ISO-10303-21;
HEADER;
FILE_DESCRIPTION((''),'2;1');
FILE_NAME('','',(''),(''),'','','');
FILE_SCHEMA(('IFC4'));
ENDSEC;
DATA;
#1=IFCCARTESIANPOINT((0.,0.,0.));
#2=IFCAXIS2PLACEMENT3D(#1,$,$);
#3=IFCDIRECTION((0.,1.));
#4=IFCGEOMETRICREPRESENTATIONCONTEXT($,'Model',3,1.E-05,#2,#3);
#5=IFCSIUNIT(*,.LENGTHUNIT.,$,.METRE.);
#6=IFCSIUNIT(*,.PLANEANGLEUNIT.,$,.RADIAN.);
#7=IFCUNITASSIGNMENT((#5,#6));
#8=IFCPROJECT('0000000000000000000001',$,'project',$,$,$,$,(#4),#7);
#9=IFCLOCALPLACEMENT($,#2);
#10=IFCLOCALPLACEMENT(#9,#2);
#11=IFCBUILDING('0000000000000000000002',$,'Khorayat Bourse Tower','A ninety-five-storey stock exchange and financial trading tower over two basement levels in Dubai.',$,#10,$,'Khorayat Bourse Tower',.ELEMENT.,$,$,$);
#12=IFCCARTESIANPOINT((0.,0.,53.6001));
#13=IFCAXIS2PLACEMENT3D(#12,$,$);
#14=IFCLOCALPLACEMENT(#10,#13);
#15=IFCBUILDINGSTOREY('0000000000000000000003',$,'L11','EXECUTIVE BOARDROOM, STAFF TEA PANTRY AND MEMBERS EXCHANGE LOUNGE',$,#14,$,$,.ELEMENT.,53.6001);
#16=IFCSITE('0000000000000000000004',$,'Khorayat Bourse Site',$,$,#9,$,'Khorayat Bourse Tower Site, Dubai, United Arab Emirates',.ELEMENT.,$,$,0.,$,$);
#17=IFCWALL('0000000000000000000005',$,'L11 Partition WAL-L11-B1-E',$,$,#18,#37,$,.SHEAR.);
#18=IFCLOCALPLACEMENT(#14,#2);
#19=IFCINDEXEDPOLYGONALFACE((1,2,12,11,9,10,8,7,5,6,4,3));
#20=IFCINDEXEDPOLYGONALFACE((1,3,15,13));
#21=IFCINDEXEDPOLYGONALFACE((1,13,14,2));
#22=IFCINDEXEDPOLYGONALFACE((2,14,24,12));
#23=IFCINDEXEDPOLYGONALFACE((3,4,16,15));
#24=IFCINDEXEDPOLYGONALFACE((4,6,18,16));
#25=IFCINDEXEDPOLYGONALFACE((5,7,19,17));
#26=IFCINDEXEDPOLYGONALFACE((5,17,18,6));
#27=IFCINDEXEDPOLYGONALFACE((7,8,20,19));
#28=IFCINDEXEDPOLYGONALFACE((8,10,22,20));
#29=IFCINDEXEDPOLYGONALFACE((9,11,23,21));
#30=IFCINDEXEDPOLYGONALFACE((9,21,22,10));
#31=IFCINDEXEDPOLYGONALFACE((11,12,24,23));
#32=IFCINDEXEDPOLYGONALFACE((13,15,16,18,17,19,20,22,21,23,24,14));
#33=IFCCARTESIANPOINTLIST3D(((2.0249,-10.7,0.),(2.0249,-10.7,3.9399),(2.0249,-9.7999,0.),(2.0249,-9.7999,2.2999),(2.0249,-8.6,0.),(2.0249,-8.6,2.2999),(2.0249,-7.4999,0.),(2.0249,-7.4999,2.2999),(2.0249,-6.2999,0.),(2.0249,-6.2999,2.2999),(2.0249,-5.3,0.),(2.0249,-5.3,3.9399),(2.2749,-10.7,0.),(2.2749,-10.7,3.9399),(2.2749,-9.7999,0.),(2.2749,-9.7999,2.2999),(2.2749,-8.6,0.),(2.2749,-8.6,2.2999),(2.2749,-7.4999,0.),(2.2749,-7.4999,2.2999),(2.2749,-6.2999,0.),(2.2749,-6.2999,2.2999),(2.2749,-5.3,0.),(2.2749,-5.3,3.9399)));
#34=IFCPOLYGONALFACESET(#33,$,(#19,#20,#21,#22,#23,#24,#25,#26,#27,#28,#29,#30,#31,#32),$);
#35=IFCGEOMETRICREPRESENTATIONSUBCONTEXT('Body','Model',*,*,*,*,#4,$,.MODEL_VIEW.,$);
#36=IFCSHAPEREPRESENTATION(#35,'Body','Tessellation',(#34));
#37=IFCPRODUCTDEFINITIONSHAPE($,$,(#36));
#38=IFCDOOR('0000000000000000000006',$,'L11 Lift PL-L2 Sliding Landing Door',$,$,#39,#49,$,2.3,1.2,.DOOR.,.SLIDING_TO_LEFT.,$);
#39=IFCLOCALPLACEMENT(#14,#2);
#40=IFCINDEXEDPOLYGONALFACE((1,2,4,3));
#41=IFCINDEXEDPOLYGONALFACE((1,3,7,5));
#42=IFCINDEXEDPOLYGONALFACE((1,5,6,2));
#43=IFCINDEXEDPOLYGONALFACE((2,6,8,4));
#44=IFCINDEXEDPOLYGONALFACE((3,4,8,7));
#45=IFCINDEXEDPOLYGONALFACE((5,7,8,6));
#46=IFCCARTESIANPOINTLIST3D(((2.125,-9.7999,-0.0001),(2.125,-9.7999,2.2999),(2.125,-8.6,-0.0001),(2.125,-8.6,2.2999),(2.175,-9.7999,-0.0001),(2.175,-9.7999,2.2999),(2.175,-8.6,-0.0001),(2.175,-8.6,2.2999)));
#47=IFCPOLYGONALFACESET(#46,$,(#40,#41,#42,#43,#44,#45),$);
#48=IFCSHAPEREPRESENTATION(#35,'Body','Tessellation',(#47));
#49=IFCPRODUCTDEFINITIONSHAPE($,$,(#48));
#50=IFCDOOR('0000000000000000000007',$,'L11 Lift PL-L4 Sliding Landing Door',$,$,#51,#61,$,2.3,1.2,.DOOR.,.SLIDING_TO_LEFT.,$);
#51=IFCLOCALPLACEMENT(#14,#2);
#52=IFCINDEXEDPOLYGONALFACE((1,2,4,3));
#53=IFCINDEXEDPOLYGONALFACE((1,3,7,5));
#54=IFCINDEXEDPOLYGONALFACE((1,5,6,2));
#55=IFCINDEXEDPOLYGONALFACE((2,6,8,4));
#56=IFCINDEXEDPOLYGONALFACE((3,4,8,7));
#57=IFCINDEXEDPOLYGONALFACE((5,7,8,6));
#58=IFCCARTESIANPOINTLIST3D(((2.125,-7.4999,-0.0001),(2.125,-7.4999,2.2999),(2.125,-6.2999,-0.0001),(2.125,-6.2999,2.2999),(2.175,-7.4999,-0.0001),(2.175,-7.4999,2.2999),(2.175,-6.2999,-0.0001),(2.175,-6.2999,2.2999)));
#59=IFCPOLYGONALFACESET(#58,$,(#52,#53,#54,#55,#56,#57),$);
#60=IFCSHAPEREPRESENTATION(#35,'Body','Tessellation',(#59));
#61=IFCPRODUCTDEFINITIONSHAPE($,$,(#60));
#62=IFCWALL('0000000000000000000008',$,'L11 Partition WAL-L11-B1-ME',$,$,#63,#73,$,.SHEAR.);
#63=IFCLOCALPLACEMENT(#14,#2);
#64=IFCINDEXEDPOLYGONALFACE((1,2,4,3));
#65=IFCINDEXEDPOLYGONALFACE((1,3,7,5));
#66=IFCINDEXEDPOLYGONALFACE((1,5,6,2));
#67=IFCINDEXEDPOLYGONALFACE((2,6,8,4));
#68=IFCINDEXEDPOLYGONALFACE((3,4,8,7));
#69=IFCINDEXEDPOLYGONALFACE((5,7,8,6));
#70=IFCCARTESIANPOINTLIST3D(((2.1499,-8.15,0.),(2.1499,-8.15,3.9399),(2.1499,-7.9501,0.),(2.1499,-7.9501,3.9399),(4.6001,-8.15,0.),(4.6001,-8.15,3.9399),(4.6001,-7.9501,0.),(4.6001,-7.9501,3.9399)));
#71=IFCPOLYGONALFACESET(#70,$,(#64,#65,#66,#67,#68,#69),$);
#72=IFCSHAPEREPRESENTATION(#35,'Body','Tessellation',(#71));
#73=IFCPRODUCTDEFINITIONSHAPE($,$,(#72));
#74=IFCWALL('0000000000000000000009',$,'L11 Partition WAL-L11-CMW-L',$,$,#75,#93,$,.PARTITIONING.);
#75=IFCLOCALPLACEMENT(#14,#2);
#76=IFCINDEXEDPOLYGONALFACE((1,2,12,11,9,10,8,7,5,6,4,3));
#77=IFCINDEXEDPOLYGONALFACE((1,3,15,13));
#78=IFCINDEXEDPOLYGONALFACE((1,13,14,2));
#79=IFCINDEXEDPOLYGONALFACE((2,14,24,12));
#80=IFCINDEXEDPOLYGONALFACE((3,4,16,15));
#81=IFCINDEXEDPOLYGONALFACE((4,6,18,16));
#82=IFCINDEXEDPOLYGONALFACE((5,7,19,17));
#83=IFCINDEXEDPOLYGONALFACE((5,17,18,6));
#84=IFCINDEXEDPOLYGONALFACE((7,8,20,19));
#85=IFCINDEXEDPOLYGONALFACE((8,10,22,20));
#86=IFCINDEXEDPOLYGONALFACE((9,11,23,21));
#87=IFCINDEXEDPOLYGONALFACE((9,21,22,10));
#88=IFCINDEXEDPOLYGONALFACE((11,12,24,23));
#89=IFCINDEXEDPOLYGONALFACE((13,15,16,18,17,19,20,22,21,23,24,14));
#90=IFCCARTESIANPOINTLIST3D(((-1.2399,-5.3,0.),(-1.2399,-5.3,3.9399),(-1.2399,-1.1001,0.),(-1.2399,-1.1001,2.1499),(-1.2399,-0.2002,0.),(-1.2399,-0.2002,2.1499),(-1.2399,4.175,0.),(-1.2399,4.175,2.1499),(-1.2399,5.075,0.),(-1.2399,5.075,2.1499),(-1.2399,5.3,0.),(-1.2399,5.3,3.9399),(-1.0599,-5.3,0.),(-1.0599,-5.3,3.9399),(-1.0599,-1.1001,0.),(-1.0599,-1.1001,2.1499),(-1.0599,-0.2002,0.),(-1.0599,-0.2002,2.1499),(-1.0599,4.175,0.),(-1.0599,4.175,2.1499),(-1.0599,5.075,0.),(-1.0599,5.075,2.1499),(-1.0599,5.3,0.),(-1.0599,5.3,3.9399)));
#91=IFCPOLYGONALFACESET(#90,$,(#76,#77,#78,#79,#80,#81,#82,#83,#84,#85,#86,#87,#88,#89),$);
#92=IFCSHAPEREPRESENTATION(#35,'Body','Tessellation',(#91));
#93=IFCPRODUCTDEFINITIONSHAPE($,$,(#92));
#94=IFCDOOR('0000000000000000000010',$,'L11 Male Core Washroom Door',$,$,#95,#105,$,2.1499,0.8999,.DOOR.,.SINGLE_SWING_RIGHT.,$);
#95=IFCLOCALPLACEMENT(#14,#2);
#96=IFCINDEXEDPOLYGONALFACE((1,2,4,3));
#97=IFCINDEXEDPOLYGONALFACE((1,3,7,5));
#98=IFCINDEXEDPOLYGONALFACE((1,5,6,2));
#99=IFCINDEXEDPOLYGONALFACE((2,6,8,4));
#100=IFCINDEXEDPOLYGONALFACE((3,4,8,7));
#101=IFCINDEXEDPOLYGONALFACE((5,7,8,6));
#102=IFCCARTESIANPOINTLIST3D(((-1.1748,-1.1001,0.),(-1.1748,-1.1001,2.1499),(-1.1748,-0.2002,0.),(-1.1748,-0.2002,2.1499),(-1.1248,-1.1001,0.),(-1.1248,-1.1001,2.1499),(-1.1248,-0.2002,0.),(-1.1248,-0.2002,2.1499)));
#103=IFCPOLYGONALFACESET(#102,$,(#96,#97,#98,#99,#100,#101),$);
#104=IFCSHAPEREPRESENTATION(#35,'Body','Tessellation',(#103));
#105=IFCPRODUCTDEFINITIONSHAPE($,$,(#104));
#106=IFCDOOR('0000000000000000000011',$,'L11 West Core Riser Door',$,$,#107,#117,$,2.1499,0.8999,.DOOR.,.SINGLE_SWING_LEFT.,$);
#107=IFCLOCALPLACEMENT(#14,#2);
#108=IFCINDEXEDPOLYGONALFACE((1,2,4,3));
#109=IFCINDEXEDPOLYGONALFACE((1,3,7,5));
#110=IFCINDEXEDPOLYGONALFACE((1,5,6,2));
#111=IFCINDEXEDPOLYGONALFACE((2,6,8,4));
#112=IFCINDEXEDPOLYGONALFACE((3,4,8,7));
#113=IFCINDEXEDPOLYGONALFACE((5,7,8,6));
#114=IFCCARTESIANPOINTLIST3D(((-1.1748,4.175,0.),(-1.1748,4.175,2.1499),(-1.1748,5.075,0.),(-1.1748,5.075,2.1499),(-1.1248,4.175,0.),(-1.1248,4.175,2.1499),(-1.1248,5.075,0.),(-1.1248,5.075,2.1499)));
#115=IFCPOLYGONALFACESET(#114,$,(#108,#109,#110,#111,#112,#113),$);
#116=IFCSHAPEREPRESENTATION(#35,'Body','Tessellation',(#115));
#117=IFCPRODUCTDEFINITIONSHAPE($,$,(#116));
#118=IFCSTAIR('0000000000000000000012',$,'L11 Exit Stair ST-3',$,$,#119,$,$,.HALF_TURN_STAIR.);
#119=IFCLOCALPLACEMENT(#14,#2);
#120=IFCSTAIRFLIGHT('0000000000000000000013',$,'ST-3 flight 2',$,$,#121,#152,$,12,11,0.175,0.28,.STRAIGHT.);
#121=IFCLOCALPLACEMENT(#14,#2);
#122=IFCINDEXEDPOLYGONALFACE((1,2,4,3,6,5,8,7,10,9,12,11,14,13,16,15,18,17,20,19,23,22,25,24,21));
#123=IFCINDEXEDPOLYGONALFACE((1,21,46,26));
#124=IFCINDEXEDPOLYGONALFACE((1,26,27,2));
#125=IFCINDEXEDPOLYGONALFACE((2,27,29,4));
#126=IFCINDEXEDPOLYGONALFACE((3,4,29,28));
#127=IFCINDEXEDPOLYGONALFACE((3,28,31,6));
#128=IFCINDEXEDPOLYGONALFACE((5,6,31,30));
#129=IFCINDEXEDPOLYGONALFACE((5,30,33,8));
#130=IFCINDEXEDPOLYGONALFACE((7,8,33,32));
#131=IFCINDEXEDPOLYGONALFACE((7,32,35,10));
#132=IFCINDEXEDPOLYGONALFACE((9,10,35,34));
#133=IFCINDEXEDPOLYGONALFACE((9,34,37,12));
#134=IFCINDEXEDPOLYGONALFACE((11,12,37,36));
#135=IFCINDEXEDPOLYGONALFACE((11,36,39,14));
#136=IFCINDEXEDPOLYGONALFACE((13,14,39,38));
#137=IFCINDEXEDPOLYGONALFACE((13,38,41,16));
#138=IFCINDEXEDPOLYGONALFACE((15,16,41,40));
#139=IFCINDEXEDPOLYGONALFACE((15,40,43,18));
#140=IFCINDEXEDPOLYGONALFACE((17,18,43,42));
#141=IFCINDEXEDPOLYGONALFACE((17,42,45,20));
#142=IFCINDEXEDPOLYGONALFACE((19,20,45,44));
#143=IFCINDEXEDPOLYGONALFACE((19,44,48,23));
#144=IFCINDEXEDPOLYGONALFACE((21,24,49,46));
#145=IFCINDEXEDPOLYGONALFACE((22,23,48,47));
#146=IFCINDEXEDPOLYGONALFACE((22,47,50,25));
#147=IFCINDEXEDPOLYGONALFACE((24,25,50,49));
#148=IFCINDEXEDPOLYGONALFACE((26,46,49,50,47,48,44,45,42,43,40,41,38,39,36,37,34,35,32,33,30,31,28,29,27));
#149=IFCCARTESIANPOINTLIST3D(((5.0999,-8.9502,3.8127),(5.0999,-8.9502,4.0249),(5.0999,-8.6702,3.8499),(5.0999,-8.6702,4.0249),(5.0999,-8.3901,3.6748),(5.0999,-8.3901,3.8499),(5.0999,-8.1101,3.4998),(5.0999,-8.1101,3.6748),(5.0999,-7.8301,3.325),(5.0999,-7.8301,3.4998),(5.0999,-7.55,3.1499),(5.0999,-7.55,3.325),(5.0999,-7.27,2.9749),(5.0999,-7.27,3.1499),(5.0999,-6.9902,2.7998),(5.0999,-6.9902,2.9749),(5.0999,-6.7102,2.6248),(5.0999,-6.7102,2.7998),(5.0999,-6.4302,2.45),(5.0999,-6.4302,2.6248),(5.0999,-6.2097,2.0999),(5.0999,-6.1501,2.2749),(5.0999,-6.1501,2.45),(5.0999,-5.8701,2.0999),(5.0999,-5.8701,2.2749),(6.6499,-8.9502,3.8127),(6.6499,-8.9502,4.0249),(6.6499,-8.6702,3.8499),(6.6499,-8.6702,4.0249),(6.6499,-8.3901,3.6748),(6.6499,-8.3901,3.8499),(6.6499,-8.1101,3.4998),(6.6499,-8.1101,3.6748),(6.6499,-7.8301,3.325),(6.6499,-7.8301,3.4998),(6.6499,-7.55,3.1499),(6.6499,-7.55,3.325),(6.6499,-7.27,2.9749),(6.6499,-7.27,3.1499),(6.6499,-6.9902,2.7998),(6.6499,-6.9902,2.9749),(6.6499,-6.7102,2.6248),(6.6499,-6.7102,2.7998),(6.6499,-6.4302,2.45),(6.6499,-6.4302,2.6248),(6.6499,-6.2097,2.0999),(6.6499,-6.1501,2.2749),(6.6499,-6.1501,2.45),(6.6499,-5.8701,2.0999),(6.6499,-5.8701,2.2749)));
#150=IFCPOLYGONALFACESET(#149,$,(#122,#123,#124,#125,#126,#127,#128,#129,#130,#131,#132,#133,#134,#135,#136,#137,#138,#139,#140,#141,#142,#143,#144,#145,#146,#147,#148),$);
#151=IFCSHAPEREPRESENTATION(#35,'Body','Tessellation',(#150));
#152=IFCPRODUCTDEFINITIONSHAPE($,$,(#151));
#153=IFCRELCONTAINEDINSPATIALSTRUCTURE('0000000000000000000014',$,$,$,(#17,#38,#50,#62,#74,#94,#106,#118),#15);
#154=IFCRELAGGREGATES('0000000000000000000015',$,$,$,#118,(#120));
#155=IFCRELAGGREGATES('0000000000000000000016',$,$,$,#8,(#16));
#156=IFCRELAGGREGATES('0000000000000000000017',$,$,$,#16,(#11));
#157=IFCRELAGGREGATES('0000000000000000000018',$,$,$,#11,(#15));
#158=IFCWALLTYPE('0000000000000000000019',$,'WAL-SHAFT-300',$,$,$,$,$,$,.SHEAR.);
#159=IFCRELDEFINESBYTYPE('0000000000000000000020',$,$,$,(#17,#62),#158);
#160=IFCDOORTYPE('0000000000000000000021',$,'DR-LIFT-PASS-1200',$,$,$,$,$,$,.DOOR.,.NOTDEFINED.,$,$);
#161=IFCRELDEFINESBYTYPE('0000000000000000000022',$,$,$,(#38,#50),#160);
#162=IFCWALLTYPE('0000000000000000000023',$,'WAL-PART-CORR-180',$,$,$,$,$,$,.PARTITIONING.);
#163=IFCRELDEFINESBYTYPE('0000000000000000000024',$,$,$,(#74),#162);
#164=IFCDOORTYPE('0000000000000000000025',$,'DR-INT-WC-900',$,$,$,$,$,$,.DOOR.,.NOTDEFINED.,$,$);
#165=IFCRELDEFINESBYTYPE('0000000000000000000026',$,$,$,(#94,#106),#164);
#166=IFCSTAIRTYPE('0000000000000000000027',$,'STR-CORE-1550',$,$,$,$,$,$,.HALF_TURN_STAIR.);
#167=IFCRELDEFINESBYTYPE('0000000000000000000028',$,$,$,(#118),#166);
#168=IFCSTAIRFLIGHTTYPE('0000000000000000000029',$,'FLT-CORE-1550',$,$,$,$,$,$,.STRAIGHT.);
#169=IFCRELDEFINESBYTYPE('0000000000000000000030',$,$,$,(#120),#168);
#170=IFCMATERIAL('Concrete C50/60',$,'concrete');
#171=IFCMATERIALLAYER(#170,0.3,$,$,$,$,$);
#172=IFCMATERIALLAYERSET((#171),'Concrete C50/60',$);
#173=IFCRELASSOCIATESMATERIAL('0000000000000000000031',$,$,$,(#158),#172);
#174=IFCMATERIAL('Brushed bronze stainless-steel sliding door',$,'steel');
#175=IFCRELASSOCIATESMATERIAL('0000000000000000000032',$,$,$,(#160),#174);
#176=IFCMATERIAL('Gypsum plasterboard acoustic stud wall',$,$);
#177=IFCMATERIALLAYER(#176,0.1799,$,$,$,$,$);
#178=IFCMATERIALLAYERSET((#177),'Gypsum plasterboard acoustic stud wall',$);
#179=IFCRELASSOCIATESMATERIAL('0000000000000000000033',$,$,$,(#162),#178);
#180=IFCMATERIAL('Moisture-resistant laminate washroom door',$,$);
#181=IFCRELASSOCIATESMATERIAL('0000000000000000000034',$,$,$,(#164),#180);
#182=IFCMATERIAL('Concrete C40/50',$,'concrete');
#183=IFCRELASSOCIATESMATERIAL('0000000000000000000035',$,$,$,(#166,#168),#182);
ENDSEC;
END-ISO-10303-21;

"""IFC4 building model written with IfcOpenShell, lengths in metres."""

from ifc_helpers import new_model, si_unit, direction, frame, frame_2d, origin, place, context, subcontext, project, spatial, polyline, rectangle, outline, extrude, source, transform, mapped, material, layer, layer_set, type_object, element, fill, aggregate, save


model = new_model("IFC4")

# Units and contexts
model_context = context("Model", 3, precision=1e-05, world=origin(), true_north=direction((0.0, 1.0)))
body_context = subcontext(model_context, "Body", "Model", "MODEL_VIEW")
ifc_project = project(units=[si_unit("LENGTHUNIT", "METRE"), si_unit("PLANEANGLEUNIT", "RADIAN")], contexts=[model_context])

# Site, building, storey
site_placement = place(None, origin())
site = spatial("IfcSite", under=ifc_project, at=site_placement, Name="Khorayat Bourse Site", LongName="Khorayat Bourse Tower Site, Dubai, United Arab Emirates", CompositionType="ELEMENT", RefElevation=0.0)
building_placement = place(site_placement, origin())
building = spatial("IfcBuilding", under=site, at=building_placement, Name="Khorayat Bourse Tower", Description="A ninety-five-storey stock exchange and financial trading tower over two basement levels in Dubai.", LongName="Khorayat Bourse Tower", CompositionType="ELEMENT")
storey_placement = place(building_placement, frame((0.0, 0.0, 53.6001)))
storey = spatial("IfcBuildingStorey", under=building, at=storey_placement, Name="L11", Description="EXECUTIVE BOARDROOM, STAFF TEA PANTRY AND MEMBERS EXCHANGE LOUNGE", CompositionType="ELEMENT", Elevation=53.6001)

# Wall, openings, doors
ifc_material_1 = material(Name="Concrete C50/60", Category="concrete")
ifc_layer_1 = layer(ifc_material_1, 0.3)
ifc_layer_set_1 = layer_set([ifc_layer_1], Name="Concrete C50/60")
wall_type_1 = type_object("IfcWallType", Name="WAL-SHAFT-300", PredefinedType="SHEAR", material=ifc_layer_set_1)
shared_shape_1 = source(origin(), body_context, "Body", "SweptSolid", [
    extrude(rectangle(XDim=5.3999, YDim=0.25, at=frame_2d((2.7, 0.0))), origin(), (0.0, 0.0, 1.0), 3.9399),
])
shared_shape_2 = source(origin(), body_context, "Body", "SweptSolid", [
    extrude(rectangle(XDim=1.2, YDim=2.3, at=frame_2d((0.6001, 1.1499))), frame((0.0, 0.135, 0.0), z_axis=(0.0, -1.0, 0.0), x_axis=(1.0, 0.0, 0.0)), (0.0, 0.0, 1.0), 0.27),
])
ifc_material_2 = material(Name="Brushed bronze stainless-steel sliding door", Category="steel")
door_type_1 = type_object("IfcDoorType", Name="DR-LIFT-PASS-1200", OperationType="NOTDEFINED", PredefinedType="DOOR", material=ifc_material_2)
shared_shape_3 = source(origin(), body_context, "Body", "SweptSolid", [
    extrude(rectangle(XDim=1.2, YDim=2.3, at=frame_2d((0.6001, 1.1499))), frame((0.0, 0.0249, 0.0), z_axis=(0.0, -1.0, 0.0), x_axis=(1.0, 0.0, 0.0)), (0.0, 0.0, 1.0), 0.05),
])
wall_1_placement = place(storey_placement, frame((2.1499, -10.7, 0.0), z_axis=(0.0, 0.0, 1.0), x_axis=(0.0, 1.0, 0.0)))
wall_1 = element("IfcWall", 1, at=wall_1_placement, inside=storey, type_object=wall_type_1, Name="L11 Partition WAL-L11-B1-E", PredefinedType="SHEAR", context=body_context, shape_type="MappedRepresentation", body=[
    mapped(shared_shape_1, transform((0.0, 0.0, 0.0), scale=1.0)),
])
opening_1_placement = place(wall_1_placement, frame((0.8999, 0.0, 0.0)))
opening_1 = element("IfcOpeningElement", 2, at=opening_1_placement, cuts=wall_1, PredefinedType="OPENING", context=body_context, shape_type="MappedRepresentation", body=[
    mapped(shared_shape_2, transform((0.0, 0.0, 0.0), scale=1.0)),
])
opening_2_placement = place(wall_1_placement, frame((3.2, 0.0, 0.0)))
opening_2 = element("IfcOpeningElement", 3, at=opening_2_placement, cuts=wall_1, PredefinedType="OPENING", context=body_context, shape_type="MappedRepresentation", body=[
    mapped(shared_shape_2, transform((0.0, 0.0, 0.0), scale=1.0)),
])
door_1_placement = place(opening_1_placement, origin())
door_1 = element("IfcDoor", 4, at=door_1_placement, inside=storey, type_object=door_type_1, Name="L11 Lift PL-L2 Sliding Landing Door", OperationType="SLIDING_TO_LEFT", OverallHeight=2.3, OverallWidth=1.2, PredefinedType="DOOR", context=body_context, shape_type="MappedRepresentation", body=[
    mapped(shared_shape_3, transform((0.0, 0.0, 0.0), scale=1.0)),
])
fill(opening_1, door_1)
door_2_placement = place(opening_2_placement, origin())
door_2 = element("IfcDoor", 5, at=door_2_placement, inside=storey, type_object=door_type_1, Name="L11 Lift PL-L4 Sliding Landing Door", OperationType="SLIDING_TO_LEFT", OverallHeight=2.3, OverallWidth=1.2, PredefinedType="DOOR", context=body_context, shape_type="MappedRepresentation", body=[
    mapped(shared_shape_3, transform((0.0, 0.0, 0.0), scale=1.0)),
])
fill(opening_2, door_2)

# Wall
shared_shape_4 = source(origin(), body_context, "Body", "SweptSolid", [
    extrude(rectangle(XDim=2.4502, YDim=0.2, at=frame_2d((1.2251, 0.0))), origin(), (0.0, 0.0, 1.0), 3.9399),
])
wall_2_placement = place(storey_placement, frame((2.1499, -8.05, 0.0), z_axis=(0.0, 0.0, 1.0), x_axis=(1.0, 0.0, 0.0)))
element("IfcWall", 6, at=wall_2_placement, inside=storey, type_object=wall_type_1, Name="L11 Partition WAL-L11-B1-ME", PredefinedType="SHEAR", context=body_context, shape_type="MappedRepresentation", body=[
    mapped(shared_shape_4, transform((0.0, 0.0, 0.0), scale=1.0)),
])

# Wall, openings, doors
ifc_material_3 = material(Name="Gypsum plasterboard acoustic stud wall")
ifc_layer_2 = layer(ifc_material_3, 0.1799)
ifc_layer_set_2 = layer_set([ifc_layer_2], Name="Gypsum plasterboard acoustic stud wall")
wall_type_2 = type_object("IfcWallType", Name="WAL-PART-CORR-180", PredefinedType="PARTITIONING", material=ifc_layer_set_2)
shared_shape_5 = source(origin(), body_context, "Body", "SweptSolid", [
    extrude(rectangle(XDim=10.6001, YDim=0.1799, at=frame_2d((5.3, 0.0))), origin(), (0.0, 0.0, 1.0), 3.9399),
])
wall_3_placement = place(storey_placement, frame((-1.1499, -5.3, 0.0), z_axis=(0.0, 0.0, 1.0), x_axis=(0.0, 1.0, 0.0)))
wall_3 = element("IfcWall", 7, at=wall_3_placement, inside=storey, type_object=wall_type_2, Name="L11 Partition WAL-L11-CMW-L", PredefinedType="PARTITIONING", context=body_context, shape_type="MappedRepresentation", body=[
    mapped(shared_shape_5, transform((0.0, 0.0, 0.0), scale=1.0)),
])
shared_shape_6 = source(origin(), body_context, "Body", "SweptSolid", [
    extrude(rectangle(XDim=0.8999, YDim=2.1499, at=frame_2d((0.45, 1.075))), frame((0.0, 0.0999, 0.0), z_axis=(0.0, -1.0, 0.0), x_axis=(1.0, 0.0, 0.0)), (0.0, 0.0, 1.0), 0.2),
])
opening_3_placement = place(wall_3_placement, frame((4.2, 0.0, 0.0)))
opening_3 = element("IfcOpeningElement", 8, at=opening_3_placement, cuts=wall_3, PredefinedType="OPENING", context=body_context, shape_type="MappedRepresentation", body=[
    mapped(shared_shape_6, transform((0.0, 0.0, 0.0), scale=1.0)),
])
opening_4_placement = place(wall_3_placement, frame((9.4751, 0.0, 0.0)))
opening_4 = element("IfcOpeningElement", 9, at=opening_4_placement, cuts=wall_3, PredefinedType="OPENING", context=body_context, shape_type="MappedRepresentation", body=[
    mapped(shared_shape_6, transform((0.0, 0.0, 0.0), scale=1.0)),
])
ifc_material_4 = material(Name="Moisture-resistant laminate washroom door")
door_type_2 = type_object("IfcDoorType", Name="DR-INT-WC-900", OperationType="NOTDEFINED", PredefinedType="DOOR", material=ifc_material_4)
shared_shape_7 = source(origin(), body_context, "Body", "SweptSolid", [
    extrude(rectangle(XDim=0.8999, YDim=2.1499, at=frame_2d((0.45, 1.075))), frame((0.0, 0.0249, 0.0), z_axis=(0.0, -1.0, 0.0), x_axis=(1.0, 0.0, 0.0)), (0.0, 0.0, 1.0), 0.05),
])
door_3_placement = place(opening_3_placement, origin())
door_3 = element("IfcDoor", 10, at=door_3_placement, inside=storey, type_object=door_type_2, Name="L11 Male Core Washroom Door", OperationType="SINGLE_SWING_RIGHT", OverallHeight=2.1499, OverallWidth=0.8999, PredefinedType="DOOR", context=body_context, shape_type="MappedRepresentation", body=[
    mapped(shared_shape_7, transform((0.0, 0.0, 0.0), scale=1.0)),
])
fill(opening_3, door_3)
door_4_placement = place(opening_4_placement, origin())
door_4 = element("IfcDoor", 11, at=door_4_placement, inside=storey, type_object=door_type_2, Name="L11 West Core Riser Door", OperationType="SINGLE_SWING_LEFT", OverallHeight=2.1499, OverallWidth=0.8999, PredefinedType="DOOR", context=body_context, shape_type="MappedRepresentation", body=[
    mapped(shared_shape_7, transform((0.0, 0.0, 0.0), scale=1.0)),
])
fill(opening_4, door_4)

# Stair, stair flight
ifc_material_5 = material(Name="Concrete C40/50", Category="concrete")
stair_type = type_object("IfcStairType", Name="STR-CORE-1550", PredefinedType="HALF_TURN_STAIR", material=ifc_material_5)
stair_placement = place(storey_placement, origin())
stair = element("IfcStair", 12, at=stair_placement, inside=storey, type_object=stair_type, Name="L11 Exit Stair ST-3", PredefinedType="HALF_TURN_STAIR")
stair_flight_type = type_object("IfcStairFlightType", Name="FLT-CORE-1550", PredefinedType="STRAIGHT", material=ifc_material_5)
shared_shape_8 = source(origin(), body_context, "Body", "SweptSolid", [
    extrude(outline(polyline([(0.0, 0.0), (0.0, 0.175), (0.28, 0.175), (0.28, 0.3501), (0.5601, 0.3501), (0.5601, 0.5249), (0.8401, 0.5249), (0.8401, 0.7), (1.1201, 0.7), (1.1201, 0.875), (1.3999, 0.875), (1.3999, 1.05), (1.6799, 1.05), (1.6799, 1.2251), (1.96, 1.2251), (1.96, 1.3999), (2.24, 1.3999), (2.24, 1.575), (2.52, 1.575), (2.52, 1.75), (2.8, 1.75), (2.8, 1.925), (3.0801, 1.925), (3.0801, 2.1001), (3.0801, 1.7129), (0.3396, 0.0), (0.0, 0.0)])), frame((0.0, 0.7749, 0.0), z_axis=(0.0, -1.0, 0.0), x_axis=(1.0, 0.0, 0.0)), (0.0, 0.0, 1.0), 1.55),
])
stair_flight_placement = place(storey_placement, frame((5.875, -5.8701, 2.0999), z_axis=(0.0, 0.0, 1.0), x_axis=(0.0, -1.0, 0.0)))
stair_flight = element("IfcStairFlight", 13, at=stair_flight_placement, type_object=stair_flight_type, Name="ST-3 flight 2", NumberOfRisers=12, NumberOfTreads=11, PredefinedType="STRAIGHT", RiserHeight=0.175, TreadLength=0.28, context=body_context, shape_type="MappedRepresentation", body=[
    mapped(shared_shape_8, transform((0.0, 0.0, 0.0), scale=1.0)),
])
aggregate(stair, [stair_flight])

save(model, "model.ifc")
